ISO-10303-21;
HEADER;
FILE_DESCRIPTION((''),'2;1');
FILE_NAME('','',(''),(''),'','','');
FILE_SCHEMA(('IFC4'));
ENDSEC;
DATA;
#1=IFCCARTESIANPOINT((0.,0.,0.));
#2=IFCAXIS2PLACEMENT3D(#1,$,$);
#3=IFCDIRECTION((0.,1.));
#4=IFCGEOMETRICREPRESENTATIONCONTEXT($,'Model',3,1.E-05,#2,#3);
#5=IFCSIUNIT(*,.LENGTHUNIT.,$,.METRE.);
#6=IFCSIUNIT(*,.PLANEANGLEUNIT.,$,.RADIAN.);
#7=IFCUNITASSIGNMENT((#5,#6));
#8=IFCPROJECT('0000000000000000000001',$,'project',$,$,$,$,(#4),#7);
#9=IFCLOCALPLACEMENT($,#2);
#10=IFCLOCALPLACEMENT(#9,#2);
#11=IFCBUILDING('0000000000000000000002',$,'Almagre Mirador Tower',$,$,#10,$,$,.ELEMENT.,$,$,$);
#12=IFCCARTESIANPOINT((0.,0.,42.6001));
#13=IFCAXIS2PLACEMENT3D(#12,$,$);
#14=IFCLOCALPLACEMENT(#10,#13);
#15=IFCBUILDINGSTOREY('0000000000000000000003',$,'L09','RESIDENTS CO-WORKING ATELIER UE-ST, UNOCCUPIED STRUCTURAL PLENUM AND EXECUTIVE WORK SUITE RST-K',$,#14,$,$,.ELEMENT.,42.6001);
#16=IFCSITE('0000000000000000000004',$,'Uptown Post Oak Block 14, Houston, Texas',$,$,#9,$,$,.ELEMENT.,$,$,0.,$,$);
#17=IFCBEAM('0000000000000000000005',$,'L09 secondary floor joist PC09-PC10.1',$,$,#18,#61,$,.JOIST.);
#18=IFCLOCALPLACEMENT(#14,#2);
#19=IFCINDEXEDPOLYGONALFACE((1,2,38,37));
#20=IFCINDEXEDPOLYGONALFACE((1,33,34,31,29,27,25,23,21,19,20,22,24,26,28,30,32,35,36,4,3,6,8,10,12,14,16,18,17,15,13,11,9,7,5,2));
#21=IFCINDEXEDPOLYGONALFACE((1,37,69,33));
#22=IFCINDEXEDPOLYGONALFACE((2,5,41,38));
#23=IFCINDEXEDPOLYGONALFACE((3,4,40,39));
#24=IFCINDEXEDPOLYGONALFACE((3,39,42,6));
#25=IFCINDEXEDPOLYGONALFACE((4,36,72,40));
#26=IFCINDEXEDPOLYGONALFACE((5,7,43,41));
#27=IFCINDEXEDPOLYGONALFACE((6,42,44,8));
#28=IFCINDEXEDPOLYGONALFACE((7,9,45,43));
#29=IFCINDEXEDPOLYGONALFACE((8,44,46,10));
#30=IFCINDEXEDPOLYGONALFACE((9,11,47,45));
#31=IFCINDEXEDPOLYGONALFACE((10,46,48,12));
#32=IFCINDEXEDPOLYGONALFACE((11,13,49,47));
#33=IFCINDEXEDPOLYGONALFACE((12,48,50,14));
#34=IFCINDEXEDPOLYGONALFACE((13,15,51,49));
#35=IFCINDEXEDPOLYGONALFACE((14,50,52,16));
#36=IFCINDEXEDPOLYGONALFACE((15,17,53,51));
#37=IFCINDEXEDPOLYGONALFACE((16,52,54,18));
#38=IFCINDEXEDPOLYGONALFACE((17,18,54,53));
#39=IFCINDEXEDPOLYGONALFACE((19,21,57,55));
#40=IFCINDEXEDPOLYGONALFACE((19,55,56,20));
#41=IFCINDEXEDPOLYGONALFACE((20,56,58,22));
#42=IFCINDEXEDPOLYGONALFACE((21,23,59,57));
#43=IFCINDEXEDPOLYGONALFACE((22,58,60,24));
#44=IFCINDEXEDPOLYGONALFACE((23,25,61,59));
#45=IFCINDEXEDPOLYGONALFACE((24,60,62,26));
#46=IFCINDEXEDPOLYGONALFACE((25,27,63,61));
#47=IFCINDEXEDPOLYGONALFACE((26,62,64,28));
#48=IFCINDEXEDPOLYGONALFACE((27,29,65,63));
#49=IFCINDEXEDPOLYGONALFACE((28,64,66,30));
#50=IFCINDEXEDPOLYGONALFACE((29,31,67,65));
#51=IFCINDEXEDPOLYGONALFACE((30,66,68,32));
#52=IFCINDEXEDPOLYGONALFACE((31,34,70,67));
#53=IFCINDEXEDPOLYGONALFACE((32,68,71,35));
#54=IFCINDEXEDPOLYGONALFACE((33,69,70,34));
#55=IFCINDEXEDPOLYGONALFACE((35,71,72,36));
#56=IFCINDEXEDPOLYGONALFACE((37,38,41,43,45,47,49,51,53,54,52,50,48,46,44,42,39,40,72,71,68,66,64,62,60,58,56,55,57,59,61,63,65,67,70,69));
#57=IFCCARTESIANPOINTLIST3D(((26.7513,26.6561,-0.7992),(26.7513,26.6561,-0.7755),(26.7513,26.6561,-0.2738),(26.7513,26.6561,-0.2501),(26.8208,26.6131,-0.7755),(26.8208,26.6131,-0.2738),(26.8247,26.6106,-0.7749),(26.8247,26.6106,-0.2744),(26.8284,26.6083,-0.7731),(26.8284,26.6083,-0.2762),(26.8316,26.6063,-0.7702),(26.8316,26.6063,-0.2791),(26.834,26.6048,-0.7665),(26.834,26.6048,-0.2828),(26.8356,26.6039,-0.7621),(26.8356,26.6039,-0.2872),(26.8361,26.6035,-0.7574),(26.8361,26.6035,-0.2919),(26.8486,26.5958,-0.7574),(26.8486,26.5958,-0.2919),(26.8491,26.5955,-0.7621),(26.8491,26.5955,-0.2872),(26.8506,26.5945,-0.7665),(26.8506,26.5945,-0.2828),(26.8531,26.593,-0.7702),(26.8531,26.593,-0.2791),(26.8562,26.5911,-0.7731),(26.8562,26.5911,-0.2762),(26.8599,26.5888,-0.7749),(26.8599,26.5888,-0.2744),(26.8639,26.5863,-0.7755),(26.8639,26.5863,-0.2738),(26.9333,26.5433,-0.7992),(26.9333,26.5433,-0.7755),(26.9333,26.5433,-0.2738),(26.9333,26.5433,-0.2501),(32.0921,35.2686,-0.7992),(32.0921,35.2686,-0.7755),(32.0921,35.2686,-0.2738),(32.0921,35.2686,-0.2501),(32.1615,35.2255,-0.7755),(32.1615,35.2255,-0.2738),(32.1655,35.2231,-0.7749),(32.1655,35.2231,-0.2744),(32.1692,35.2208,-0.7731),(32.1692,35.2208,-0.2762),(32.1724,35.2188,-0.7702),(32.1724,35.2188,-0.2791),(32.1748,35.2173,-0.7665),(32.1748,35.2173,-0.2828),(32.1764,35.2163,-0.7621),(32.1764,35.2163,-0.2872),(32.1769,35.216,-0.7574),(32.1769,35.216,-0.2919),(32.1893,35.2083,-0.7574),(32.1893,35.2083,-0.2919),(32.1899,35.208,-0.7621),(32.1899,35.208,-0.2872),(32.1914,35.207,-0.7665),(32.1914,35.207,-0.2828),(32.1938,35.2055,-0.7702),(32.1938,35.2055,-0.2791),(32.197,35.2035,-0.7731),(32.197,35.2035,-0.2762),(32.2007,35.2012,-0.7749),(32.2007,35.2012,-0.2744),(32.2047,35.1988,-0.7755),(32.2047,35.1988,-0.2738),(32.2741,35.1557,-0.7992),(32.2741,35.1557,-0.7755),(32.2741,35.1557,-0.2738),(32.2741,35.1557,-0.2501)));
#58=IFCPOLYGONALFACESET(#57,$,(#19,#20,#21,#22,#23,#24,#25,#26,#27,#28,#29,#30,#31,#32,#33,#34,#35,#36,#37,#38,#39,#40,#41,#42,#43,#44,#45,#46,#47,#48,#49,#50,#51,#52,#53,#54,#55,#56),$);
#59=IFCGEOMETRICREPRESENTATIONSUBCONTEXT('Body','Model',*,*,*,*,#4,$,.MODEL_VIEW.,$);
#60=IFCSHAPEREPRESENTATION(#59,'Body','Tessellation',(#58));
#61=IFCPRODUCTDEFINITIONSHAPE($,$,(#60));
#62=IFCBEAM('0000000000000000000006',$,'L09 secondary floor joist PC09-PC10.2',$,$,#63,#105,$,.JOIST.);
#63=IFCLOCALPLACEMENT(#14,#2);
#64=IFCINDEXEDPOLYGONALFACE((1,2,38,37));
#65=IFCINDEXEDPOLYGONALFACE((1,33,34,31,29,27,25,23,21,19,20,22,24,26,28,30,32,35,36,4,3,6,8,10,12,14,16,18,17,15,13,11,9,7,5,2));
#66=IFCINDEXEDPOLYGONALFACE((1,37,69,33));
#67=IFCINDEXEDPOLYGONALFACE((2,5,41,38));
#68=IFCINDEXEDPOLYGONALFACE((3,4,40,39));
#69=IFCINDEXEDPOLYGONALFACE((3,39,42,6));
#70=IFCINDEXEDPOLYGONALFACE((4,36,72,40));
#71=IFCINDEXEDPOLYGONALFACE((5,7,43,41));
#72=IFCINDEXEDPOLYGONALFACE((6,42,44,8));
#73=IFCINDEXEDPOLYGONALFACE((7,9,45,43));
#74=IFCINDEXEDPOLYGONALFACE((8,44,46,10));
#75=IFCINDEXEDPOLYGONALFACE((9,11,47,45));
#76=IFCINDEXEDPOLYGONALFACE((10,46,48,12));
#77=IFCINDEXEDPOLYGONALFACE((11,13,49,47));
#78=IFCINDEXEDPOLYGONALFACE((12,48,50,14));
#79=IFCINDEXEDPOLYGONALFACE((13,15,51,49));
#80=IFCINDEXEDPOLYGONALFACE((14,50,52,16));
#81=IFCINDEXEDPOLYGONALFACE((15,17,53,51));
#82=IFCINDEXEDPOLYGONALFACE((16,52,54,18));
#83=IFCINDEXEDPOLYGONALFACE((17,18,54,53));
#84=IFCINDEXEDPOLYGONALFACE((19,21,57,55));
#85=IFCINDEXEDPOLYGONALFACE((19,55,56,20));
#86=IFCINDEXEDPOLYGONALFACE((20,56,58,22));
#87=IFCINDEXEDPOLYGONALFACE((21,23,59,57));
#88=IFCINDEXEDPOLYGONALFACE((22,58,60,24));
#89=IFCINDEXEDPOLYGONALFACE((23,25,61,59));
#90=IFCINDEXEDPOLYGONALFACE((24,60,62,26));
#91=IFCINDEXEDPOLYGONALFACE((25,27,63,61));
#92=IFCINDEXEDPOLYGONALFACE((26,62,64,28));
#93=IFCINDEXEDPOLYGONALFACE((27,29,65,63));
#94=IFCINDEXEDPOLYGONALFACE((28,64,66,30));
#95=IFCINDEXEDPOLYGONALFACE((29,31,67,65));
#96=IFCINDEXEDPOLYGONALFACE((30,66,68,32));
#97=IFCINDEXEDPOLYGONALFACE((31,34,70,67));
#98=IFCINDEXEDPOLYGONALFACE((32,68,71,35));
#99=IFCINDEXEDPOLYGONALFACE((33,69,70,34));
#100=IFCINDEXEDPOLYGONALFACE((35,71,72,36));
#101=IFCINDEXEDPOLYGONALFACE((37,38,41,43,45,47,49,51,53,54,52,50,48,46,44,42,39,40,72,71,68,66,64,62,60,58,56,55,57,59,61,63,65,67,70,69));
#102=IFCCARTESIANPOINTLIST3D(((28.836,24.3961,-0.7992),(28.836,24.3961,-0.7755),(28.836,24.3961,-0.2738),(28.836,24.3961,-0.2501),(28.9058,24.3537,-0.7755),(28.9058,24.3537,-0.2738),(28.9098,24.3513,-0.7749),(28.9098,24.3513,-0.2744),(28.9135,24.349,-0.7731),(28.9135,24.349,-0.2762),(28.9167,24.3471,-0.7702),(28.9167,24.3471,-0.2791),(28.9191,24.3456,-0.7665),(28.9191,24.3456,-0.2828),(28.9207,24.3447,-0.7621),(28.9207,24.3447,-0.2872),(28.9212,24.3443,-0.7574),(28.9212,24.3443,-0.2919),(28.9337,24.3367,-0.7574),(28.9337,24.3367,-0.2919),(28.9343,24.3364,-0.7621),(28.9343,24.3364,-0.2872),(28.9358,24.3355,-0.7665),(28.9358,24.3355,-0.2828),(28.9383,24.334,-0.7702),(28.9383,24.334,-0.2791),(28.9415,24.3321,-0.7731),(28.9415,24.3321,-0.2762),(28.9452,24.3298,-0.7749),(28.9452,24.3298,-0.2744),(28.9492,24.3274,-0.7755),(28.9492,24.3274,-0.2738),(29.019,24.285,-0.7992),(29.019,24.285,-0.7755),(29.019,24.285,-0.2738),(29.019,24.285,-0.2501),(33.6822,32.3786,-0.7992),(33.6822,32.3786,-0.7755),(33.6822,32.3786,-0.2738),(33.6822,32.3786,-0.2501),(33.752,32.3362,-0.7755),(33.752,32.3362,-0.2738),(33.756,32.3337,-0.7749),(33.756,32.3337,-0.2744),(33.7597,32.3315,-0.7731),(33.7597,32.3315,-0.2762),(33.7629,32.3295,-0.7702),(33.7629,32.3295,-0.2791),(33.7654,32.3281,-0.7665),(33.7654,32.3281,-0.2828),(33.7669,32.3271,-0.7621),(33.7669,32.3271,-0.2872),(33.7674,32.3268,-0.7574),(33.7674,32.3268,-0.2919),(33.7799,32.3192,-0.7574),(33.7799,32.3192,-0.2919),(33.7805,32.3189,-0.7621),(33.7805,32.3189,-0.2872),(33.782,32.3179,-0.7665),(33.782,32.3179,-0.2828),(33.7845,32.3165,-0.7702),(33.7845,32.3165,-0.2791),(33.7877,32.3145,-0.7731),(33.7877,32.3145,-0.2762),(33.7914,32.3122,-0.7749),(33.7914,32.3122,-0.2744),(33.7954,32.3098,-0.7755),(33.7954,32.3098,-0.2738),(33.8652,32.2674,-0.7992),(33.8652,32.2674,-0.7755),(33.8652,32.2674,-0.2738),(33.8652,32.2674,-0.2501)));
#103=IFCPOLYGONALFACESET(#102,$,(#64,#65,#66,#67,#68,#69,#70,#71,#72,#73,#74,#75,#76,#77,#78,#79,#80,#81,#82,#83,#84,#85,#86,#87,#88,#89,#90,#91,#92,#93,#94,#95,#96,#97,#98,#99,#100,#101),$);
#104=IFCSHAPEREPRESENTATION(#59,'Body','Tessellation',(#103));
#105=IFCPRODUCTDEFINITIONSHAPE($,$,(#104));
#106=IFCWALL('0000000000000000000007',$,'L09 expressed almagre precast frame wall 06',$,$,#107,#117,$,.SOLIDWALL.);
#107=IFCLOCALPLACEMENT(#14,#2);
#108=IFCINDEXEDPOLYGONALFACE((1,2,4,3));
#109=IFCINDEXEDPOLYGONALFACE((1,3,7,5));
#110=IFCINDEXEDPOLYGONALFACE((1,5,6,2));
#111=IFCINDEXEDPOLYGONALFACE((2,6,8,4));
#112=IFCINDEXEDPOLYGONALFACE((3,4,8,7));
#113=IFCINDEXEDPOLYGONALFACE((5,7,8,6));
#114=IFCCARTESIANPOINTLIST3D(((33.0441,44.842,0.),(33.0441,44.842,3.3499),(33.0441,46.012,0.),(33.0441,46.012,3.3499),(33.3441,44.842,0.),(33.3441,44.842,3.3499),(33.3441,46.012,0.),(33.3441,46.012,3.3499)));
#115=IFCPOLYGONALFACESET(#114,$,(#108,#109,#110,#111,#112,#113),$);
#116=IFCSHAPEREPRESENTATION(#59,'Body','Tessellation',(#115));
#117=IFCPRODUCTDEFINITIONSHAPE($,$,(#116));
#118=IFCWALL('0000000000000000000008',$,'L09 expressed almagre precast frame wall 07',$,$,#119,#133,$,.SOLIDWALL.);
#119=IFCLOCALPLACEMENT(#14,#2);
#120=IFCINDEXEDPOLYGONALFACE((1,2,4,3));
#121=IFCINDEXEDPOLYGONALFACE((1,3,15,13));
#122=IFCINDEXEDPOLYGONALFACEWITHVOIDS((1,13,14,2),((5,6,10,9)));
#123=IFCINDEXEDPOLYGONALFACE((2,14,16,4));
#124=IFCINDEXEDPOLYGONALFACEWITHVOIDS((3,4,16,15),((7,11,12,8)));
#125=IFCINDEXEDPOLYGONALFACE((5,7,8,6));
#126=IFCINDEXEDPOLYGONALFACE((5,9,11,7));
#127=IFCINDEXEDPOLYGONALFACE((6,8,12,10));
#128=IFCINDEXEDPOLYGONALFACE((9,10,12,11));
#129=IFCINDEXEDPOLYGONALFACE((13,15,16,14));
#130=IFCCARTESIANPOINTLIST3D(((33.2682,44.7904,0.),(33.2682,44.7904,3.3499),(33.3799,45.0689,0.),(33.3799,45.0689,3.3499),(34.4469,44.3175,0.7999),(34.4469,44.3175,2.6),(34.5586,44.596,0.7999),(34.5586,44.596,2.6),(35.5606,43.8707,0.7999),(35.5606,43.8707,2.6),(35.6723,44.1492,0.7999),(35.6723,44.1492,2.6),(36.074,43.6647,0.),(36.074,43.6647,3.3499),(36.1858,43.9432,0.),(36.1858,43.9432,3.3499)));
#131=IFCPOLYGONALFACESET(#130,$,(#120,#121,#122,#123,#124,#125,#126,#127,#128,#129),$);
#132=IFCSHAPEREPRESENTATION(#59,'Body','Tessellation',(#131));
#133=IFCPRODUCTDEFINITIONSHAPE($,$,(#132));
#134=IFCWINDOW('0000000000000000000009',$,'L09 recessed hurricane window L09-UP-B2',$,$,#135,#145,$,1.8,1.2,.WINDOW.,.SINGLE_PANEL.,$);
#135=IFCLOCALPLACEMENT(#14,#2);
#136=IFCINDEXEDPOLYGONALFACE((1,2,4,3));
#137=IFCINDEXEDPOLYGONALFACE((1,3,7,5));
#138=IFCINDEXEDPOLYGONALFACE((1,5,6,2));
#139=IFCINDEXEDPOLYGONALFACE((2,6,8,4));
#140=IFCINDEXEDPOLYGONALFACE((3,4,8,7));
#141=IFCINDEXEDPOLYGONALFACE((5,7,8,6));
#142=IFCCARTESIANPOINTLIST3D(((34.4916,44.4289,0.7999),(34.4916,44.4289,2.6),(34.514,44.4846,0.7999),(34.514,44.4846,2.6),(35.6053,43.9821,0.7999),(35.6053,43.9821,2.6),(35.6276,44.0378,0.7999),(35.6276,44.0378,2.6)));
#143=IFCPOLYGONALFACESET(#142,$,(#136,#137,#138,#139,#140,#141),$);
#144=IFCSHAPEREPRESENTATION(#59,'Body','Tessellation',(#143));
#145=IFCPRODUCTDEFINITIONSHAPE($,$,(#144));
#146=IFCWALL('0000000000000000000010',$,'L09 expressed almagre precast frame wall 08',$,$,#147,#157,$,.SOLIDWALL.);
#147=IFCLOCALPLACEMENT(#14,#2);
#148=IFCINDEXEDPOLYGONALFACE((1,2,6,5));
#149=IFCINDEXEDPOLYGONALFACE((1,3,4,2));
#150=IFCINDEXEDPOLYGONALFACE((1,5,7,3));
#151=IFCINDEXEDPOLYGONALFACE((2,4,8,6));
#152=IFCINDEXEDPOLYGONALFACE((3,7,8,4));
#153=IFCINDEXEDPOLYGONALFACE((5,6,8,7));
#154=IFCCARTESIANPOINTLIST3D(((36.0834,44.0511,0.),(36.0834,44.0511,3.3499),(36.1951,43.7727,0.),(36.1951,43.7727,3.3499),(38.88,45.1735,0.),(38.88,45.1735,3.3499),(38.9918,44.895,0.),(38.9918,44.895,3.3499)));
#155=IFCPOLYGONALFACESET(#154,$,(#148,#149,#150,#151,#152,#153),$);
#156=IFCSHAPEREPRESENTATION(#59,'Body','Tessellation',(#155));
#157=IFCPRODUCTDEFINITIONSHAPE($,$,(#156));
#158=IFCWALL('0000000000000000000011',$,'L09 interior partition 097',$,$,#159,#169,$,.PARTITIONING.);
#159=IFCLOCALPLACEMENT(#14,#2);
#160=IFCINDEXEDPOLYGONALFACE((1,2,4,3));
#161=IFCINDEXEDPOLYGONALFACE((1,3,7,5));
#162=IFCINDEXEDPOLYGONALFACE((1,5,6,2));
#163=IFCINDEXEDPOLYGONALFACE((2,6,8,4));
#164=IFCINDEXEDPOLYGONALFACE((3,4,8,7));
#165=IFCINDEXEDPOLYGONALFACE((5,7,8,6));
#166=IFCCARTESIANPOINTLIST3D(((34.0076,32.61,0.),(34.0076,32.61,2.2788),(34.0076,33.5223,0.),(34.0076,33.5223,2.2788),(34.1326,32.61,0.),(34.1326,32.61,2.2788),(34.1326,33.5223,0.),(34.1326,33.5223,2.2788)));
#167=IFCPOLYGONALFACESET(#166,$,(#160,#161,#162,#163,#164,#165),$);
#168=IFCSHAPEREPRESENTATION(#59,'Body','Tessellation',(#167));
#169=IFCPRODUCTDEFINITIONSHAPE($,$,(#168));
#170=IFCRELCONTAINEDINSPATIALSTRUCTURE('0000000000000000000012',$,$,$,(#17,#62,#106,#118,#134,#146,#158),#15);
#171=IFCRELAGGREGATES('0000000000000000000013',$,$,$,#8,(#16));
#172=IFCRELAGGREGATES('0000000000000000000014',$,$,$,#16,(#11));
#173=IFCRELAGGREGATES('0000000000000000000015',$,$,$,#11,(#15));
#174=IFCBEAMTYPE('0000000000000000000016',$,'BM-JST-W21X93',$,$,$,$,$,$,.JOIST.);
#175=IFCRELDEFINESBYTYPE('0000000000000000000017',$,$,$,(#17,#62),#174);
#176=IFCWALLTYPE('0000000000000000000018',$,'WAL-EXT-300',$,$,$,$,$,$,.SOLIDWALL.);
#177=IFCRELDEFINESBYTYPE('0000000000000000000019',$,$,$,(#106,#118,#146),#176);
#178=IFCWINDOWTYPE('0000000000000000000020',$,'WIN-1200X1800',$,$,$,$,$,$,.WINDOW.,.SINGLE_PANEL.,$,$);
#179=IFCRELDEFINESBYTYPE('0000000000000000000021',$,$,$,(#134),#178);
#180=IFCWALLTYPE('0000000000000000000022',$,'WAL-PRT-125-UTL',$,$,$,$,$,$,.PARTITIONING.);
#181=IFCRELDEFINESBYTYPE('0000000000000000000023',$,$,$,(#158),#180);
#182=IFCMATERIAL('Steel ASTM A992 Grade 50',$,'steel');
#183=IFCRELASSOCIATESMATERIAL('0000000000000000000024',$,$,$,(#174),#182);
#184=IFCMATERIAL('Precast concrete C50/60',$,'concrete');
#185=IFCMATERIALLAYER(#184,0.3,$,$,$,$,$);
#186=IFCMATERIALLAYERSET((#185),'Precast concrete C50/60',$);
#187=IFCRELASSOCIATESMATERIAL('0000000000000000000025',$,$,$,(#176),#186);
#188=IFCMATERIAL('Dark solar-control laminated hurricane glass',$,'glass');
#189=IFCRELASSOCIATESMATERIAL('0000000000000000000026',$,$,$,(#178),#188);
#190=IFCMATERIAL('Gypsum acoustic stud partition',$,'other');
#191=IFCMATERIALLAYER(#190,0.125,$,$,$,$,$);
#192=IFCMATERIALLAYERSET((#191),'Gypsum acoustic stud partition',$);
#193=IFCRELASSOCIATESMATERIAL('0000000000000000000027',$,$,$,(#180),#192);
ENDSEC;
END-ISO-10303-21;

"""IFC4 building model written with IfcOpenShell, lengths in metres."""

from ifc_helpers import new_model, si_unit, direction, frame, frame_2d, origin, origin_2d, place, context, subcontext, project, spatial, rectangle, i_section, extrude, material, layer, layer_set, material_profile, profile_set, type_object, element, fill, save


model = new_model("IFC4")

# Units and contexts
model_context = context("Model", 3, precision=1e-05, world=origin(), true_north=direction((0.0, 1.0)))
body_context = subcontext(model_context, "Body", "Model", "MODEL_VIEW")
ifc_project = project(units=[si_unit("LENGTHUNIT", "METRE"), si_unit("PLANEANGLEUNIT", "RADIAN")], contexts=[model_context])

# Site, building, storey
site_placement = place(None, origin())
site = spatial("IfcSite", under=ifc_project, at=site_placement, Name="Uptown Post Oak Block 14, Houston, Texas", CompositionType="ELEMENT", RefElevation=0.0)
building_placement = place(site_placement, origin())
building = spatial("IfcBuilding", under=site, at=building_placement, Name="Almagre Mirador Tower", CompositionType="ELEMENT")
storey_placement = place(building_placement, frame((0.0, 0.0, 42.6001)))
storey = spatial("IfcBuildingStorey", under=building, at=storey_placement, Name="L09", Description="RESIDENTS CO-WORKING ATELIER UE-ST, UNOCCUPIED STRUCTURAL PLENUM AND EXECUTIVE WORK SUITE RST-K", CompositionType="ELEMENT", Elevation=42.6001)

# Beams
ifc_material_1 = material(Name="Steel ASTM A992 Grade 50", Category="steel")
ifc_material_profile = material_profile(ifc_material_1, i_section(OverallWidth=0.2141, OverallDepth=0.5491, WebThickness=0.0146, FlangeThickness=0.0237, FilletRadius=0.0181, at=origin_2d()), Name="W21X93")
ifc_profile_set = profile_set([ifc_material_profile], Name="Steel ASTM A992 Grade 50")
beam_type = type_object("IfcBeamType", Name="BM-JST-W21X93", PredefinedType="JOIST", material=ifc_profile_set)
beam_1_placement = place(storey_placement, frame((32.1831, 35.2122, -0.5247), z_axis=(-0.527014, -0.849857, 0.0), x_axis=(0.849857, -0.527014, 0.0)))
element("IfcBeam", 1, at=beam_1_placement, inside=storey, type_object=beam_type, Name="L09 secondary floor joist PC09-PC10.1", PredefinedType="JOIST", context=body_context, shape_type="SweptSolid", body=[
    extrude(i_section(OverallWidth=0.2141, OverallDepth=0.5491, WebThickness=0.0146, FlangeThickness=0.0237, FilletRadius=0.0181, at=origin_2d()), origin(), (0.0, 0.0, 1.0), 10.134),
])
beam_2_placement = place(storey_placement, frame((33.7737, 32.323, -0.5247), z_axis=(-0.518956, -0.854801, 0.0), x_axis=(0.854801, -0.518956, 0.0)))
element("IfcBeam", 2, at=beam_2_placement, inside=storey, type_object=beam_type, Name="L09 secondary floor joist PC09-PC10.2", PredefinedType="JOIST", context=body_context, shape_type="SweptSolid", body=[
    extrude(i_section(OverallWidth=0.2141, OverallDepth=0.5491, WebThickness=0.0146, FlangeThickness=0.0237, FilletRadius=0.0181, at=origin_2d()), origin(), (0.0, 0.0, 1.0), 9.3384),
])

# Wall
ifc_material_2 = material(Name="Precast concrete C50/60", Category="concrete")
ifc_layer_1 = layer(ifc_material_2, 0.3)
ifc_layer_set_1 = layer_set([ifc_layer_1], Name="Precast concrete C50/60")
wall_type_1 = type_object("IfcWallType", Name="WAL-EXT-300", PredefinedType="SOLIDWALL", material=ifc_layer_set_1)
wall_1_placement = place(storey_placement, frame((33.1941, 46.012, 0.0), z_axis=(0.0, 0.0, 1.0), x_axis=(0.0, -1.0, 0.0)))
element("IfcWall", 3, at=wall_1_placement, inside=storey, type_object=wall_type_1, Name="L09 expressed almagre precast frame wall 06", PredefinedType="SOLIDWALL", context=body_context, shape_type="SweptSolid", body=[
    extrude(rectangle(XDim=1.1699, YDim=0.3, at=frame_2d((0.585, 0.0))), origin(), (0.0, 0.0, 1.0), 3.3499),
])

# Wall, opening, window
wall_2_placement = place(storey_placement, frame((33.324, 44.9297, 0.0), z_axis=(0.0, 0.0, 1.0), x_axis=(0.928092, -0.372351, 0.0)))
wall_2 = element("IfcWall", 4, at=wall_2_placement, inside=storey, type_object=wall_type_1, Name="L09 expressed almagre precast frame wall 07", PredefinedType="SOLIDWALL", context=body_context, shape_type="SweptSolid", body=[
    extrude(rectangle(XDim=3.0232, YDim=0.3, at=frame_2d((1.5117, 0.0))), origin(), (0.0, 0.0, 1.0), 3.3499),
])
opening_1_placement = place(wall_2_placement, frame((1.27, 0.0, 0.8)))
opening_1 = element("IfcOpeningElement", 5, at=opening_1_placement, cuts=wall_2, PredefinedType="OPENING", context=body_context, shape_type="SweptSolid", body=[
    extrude(rectangle(XDim=1.2, YDim=1.8, at=frame_2d((0.6001, 0.8999))), frame((0.0, 0.1599, 0.0), z_axis=(0.0, -1.0, 0.0), x_axis=(1.0, 0.0, 0.0)), (0.0, 0.0, 1.0), 0.32),
])
ifc_material_3 = material(Name="Dark solar-control laminated hurricane glass", Category="glass")
window_type = type_object("IfcWindowType", Name="WIN-1200X1800", PartitioningType="SINGLE_PANEL", PredefinedType="WINDOW", material=ifc_material_3)
window_placement = place(opening_1_placement, origin())
window = element("IfcWindow", 6, at=window_placement, inside=storey, type_object=window_type, Name="L09 recessed hurricane window L09-UP-B2", OverallHeight=1.8, OverallWidth=1.2, PartitioningType="SINGLE_PANEL", PredefinedType="WINDOW", context=body_context, shape_type="SweptSolid", body=[
    extrude(rectangle(XDim=1.2, YDim=1.8, at=frame_2d((0.6001, 0.8999))), frame((0.0, 0.03, 0.0), z_axis=(0.0, -1.0, 0.0), x_axis=(1.0, 0.0, 0.0)), (0.0, 0.0, 1.0), 0.0601),
])
fill(opening_1, window)

# Wall
wall_3_placement = place(storey_placement, frame((36.1392, 43.9119, 0.0), z_axis=(0.0, 0.0, 1.0), x_axis=(0.928057, 0.372438, 0.0)))
element("IfcWall", 7, at=wall_3_placement, inside=storey, type_object=wall_type_1, Name="L09 expressed almagre precast frame wall 08", PredefinedType="SOLIDWALL", context=body_context, shape_type="SweptSolid", body=[
    extrude(rectangle(XDim=3.0134, YDim=0.3, at=frame_2d((1.5068, 0.0))), origin(), (0.0, 0.0, 1.0), 3.3499),
])

# Wall
ifc_material_4 = material(Name="Gypsum acoustic stud partition", Category="other")
ifc_layer_2 = layer(ifc_material_4, 0.125)
ifc_layer_set_2 = layer_set([ifc_layer_2], Name="Gypsum acoustic stud partition")
wall_type_2 = type_object("IfcWallType", Name="WAL-PRT-125-UTL", PredefinedType="PARTITIONING", material=ifc_layer_set_2)
wall_4_placement = place(storey_placement, frame((34.0701, 32.6101, 0.0), z_axis=(0.0, 0.0, 1.0), x_axis=(0.0, 1.0, 0.0)))
element("IfcWall", 8, at=wall_4_placement, inside=storey, type_object=wall_type_2, Name="L09 interior partition 097", PredefinedType="PARTITIONING", context=body_context, shape_type="SweptSolid", body=[
    extrude(rectangle(XDim=0.9124, YDim=0.125, at=frame_2d((0.4561, 0.0))), origin(), (0.0, 0.0, 1.0), 2.2788),
])

save(model, "model.ifc")
